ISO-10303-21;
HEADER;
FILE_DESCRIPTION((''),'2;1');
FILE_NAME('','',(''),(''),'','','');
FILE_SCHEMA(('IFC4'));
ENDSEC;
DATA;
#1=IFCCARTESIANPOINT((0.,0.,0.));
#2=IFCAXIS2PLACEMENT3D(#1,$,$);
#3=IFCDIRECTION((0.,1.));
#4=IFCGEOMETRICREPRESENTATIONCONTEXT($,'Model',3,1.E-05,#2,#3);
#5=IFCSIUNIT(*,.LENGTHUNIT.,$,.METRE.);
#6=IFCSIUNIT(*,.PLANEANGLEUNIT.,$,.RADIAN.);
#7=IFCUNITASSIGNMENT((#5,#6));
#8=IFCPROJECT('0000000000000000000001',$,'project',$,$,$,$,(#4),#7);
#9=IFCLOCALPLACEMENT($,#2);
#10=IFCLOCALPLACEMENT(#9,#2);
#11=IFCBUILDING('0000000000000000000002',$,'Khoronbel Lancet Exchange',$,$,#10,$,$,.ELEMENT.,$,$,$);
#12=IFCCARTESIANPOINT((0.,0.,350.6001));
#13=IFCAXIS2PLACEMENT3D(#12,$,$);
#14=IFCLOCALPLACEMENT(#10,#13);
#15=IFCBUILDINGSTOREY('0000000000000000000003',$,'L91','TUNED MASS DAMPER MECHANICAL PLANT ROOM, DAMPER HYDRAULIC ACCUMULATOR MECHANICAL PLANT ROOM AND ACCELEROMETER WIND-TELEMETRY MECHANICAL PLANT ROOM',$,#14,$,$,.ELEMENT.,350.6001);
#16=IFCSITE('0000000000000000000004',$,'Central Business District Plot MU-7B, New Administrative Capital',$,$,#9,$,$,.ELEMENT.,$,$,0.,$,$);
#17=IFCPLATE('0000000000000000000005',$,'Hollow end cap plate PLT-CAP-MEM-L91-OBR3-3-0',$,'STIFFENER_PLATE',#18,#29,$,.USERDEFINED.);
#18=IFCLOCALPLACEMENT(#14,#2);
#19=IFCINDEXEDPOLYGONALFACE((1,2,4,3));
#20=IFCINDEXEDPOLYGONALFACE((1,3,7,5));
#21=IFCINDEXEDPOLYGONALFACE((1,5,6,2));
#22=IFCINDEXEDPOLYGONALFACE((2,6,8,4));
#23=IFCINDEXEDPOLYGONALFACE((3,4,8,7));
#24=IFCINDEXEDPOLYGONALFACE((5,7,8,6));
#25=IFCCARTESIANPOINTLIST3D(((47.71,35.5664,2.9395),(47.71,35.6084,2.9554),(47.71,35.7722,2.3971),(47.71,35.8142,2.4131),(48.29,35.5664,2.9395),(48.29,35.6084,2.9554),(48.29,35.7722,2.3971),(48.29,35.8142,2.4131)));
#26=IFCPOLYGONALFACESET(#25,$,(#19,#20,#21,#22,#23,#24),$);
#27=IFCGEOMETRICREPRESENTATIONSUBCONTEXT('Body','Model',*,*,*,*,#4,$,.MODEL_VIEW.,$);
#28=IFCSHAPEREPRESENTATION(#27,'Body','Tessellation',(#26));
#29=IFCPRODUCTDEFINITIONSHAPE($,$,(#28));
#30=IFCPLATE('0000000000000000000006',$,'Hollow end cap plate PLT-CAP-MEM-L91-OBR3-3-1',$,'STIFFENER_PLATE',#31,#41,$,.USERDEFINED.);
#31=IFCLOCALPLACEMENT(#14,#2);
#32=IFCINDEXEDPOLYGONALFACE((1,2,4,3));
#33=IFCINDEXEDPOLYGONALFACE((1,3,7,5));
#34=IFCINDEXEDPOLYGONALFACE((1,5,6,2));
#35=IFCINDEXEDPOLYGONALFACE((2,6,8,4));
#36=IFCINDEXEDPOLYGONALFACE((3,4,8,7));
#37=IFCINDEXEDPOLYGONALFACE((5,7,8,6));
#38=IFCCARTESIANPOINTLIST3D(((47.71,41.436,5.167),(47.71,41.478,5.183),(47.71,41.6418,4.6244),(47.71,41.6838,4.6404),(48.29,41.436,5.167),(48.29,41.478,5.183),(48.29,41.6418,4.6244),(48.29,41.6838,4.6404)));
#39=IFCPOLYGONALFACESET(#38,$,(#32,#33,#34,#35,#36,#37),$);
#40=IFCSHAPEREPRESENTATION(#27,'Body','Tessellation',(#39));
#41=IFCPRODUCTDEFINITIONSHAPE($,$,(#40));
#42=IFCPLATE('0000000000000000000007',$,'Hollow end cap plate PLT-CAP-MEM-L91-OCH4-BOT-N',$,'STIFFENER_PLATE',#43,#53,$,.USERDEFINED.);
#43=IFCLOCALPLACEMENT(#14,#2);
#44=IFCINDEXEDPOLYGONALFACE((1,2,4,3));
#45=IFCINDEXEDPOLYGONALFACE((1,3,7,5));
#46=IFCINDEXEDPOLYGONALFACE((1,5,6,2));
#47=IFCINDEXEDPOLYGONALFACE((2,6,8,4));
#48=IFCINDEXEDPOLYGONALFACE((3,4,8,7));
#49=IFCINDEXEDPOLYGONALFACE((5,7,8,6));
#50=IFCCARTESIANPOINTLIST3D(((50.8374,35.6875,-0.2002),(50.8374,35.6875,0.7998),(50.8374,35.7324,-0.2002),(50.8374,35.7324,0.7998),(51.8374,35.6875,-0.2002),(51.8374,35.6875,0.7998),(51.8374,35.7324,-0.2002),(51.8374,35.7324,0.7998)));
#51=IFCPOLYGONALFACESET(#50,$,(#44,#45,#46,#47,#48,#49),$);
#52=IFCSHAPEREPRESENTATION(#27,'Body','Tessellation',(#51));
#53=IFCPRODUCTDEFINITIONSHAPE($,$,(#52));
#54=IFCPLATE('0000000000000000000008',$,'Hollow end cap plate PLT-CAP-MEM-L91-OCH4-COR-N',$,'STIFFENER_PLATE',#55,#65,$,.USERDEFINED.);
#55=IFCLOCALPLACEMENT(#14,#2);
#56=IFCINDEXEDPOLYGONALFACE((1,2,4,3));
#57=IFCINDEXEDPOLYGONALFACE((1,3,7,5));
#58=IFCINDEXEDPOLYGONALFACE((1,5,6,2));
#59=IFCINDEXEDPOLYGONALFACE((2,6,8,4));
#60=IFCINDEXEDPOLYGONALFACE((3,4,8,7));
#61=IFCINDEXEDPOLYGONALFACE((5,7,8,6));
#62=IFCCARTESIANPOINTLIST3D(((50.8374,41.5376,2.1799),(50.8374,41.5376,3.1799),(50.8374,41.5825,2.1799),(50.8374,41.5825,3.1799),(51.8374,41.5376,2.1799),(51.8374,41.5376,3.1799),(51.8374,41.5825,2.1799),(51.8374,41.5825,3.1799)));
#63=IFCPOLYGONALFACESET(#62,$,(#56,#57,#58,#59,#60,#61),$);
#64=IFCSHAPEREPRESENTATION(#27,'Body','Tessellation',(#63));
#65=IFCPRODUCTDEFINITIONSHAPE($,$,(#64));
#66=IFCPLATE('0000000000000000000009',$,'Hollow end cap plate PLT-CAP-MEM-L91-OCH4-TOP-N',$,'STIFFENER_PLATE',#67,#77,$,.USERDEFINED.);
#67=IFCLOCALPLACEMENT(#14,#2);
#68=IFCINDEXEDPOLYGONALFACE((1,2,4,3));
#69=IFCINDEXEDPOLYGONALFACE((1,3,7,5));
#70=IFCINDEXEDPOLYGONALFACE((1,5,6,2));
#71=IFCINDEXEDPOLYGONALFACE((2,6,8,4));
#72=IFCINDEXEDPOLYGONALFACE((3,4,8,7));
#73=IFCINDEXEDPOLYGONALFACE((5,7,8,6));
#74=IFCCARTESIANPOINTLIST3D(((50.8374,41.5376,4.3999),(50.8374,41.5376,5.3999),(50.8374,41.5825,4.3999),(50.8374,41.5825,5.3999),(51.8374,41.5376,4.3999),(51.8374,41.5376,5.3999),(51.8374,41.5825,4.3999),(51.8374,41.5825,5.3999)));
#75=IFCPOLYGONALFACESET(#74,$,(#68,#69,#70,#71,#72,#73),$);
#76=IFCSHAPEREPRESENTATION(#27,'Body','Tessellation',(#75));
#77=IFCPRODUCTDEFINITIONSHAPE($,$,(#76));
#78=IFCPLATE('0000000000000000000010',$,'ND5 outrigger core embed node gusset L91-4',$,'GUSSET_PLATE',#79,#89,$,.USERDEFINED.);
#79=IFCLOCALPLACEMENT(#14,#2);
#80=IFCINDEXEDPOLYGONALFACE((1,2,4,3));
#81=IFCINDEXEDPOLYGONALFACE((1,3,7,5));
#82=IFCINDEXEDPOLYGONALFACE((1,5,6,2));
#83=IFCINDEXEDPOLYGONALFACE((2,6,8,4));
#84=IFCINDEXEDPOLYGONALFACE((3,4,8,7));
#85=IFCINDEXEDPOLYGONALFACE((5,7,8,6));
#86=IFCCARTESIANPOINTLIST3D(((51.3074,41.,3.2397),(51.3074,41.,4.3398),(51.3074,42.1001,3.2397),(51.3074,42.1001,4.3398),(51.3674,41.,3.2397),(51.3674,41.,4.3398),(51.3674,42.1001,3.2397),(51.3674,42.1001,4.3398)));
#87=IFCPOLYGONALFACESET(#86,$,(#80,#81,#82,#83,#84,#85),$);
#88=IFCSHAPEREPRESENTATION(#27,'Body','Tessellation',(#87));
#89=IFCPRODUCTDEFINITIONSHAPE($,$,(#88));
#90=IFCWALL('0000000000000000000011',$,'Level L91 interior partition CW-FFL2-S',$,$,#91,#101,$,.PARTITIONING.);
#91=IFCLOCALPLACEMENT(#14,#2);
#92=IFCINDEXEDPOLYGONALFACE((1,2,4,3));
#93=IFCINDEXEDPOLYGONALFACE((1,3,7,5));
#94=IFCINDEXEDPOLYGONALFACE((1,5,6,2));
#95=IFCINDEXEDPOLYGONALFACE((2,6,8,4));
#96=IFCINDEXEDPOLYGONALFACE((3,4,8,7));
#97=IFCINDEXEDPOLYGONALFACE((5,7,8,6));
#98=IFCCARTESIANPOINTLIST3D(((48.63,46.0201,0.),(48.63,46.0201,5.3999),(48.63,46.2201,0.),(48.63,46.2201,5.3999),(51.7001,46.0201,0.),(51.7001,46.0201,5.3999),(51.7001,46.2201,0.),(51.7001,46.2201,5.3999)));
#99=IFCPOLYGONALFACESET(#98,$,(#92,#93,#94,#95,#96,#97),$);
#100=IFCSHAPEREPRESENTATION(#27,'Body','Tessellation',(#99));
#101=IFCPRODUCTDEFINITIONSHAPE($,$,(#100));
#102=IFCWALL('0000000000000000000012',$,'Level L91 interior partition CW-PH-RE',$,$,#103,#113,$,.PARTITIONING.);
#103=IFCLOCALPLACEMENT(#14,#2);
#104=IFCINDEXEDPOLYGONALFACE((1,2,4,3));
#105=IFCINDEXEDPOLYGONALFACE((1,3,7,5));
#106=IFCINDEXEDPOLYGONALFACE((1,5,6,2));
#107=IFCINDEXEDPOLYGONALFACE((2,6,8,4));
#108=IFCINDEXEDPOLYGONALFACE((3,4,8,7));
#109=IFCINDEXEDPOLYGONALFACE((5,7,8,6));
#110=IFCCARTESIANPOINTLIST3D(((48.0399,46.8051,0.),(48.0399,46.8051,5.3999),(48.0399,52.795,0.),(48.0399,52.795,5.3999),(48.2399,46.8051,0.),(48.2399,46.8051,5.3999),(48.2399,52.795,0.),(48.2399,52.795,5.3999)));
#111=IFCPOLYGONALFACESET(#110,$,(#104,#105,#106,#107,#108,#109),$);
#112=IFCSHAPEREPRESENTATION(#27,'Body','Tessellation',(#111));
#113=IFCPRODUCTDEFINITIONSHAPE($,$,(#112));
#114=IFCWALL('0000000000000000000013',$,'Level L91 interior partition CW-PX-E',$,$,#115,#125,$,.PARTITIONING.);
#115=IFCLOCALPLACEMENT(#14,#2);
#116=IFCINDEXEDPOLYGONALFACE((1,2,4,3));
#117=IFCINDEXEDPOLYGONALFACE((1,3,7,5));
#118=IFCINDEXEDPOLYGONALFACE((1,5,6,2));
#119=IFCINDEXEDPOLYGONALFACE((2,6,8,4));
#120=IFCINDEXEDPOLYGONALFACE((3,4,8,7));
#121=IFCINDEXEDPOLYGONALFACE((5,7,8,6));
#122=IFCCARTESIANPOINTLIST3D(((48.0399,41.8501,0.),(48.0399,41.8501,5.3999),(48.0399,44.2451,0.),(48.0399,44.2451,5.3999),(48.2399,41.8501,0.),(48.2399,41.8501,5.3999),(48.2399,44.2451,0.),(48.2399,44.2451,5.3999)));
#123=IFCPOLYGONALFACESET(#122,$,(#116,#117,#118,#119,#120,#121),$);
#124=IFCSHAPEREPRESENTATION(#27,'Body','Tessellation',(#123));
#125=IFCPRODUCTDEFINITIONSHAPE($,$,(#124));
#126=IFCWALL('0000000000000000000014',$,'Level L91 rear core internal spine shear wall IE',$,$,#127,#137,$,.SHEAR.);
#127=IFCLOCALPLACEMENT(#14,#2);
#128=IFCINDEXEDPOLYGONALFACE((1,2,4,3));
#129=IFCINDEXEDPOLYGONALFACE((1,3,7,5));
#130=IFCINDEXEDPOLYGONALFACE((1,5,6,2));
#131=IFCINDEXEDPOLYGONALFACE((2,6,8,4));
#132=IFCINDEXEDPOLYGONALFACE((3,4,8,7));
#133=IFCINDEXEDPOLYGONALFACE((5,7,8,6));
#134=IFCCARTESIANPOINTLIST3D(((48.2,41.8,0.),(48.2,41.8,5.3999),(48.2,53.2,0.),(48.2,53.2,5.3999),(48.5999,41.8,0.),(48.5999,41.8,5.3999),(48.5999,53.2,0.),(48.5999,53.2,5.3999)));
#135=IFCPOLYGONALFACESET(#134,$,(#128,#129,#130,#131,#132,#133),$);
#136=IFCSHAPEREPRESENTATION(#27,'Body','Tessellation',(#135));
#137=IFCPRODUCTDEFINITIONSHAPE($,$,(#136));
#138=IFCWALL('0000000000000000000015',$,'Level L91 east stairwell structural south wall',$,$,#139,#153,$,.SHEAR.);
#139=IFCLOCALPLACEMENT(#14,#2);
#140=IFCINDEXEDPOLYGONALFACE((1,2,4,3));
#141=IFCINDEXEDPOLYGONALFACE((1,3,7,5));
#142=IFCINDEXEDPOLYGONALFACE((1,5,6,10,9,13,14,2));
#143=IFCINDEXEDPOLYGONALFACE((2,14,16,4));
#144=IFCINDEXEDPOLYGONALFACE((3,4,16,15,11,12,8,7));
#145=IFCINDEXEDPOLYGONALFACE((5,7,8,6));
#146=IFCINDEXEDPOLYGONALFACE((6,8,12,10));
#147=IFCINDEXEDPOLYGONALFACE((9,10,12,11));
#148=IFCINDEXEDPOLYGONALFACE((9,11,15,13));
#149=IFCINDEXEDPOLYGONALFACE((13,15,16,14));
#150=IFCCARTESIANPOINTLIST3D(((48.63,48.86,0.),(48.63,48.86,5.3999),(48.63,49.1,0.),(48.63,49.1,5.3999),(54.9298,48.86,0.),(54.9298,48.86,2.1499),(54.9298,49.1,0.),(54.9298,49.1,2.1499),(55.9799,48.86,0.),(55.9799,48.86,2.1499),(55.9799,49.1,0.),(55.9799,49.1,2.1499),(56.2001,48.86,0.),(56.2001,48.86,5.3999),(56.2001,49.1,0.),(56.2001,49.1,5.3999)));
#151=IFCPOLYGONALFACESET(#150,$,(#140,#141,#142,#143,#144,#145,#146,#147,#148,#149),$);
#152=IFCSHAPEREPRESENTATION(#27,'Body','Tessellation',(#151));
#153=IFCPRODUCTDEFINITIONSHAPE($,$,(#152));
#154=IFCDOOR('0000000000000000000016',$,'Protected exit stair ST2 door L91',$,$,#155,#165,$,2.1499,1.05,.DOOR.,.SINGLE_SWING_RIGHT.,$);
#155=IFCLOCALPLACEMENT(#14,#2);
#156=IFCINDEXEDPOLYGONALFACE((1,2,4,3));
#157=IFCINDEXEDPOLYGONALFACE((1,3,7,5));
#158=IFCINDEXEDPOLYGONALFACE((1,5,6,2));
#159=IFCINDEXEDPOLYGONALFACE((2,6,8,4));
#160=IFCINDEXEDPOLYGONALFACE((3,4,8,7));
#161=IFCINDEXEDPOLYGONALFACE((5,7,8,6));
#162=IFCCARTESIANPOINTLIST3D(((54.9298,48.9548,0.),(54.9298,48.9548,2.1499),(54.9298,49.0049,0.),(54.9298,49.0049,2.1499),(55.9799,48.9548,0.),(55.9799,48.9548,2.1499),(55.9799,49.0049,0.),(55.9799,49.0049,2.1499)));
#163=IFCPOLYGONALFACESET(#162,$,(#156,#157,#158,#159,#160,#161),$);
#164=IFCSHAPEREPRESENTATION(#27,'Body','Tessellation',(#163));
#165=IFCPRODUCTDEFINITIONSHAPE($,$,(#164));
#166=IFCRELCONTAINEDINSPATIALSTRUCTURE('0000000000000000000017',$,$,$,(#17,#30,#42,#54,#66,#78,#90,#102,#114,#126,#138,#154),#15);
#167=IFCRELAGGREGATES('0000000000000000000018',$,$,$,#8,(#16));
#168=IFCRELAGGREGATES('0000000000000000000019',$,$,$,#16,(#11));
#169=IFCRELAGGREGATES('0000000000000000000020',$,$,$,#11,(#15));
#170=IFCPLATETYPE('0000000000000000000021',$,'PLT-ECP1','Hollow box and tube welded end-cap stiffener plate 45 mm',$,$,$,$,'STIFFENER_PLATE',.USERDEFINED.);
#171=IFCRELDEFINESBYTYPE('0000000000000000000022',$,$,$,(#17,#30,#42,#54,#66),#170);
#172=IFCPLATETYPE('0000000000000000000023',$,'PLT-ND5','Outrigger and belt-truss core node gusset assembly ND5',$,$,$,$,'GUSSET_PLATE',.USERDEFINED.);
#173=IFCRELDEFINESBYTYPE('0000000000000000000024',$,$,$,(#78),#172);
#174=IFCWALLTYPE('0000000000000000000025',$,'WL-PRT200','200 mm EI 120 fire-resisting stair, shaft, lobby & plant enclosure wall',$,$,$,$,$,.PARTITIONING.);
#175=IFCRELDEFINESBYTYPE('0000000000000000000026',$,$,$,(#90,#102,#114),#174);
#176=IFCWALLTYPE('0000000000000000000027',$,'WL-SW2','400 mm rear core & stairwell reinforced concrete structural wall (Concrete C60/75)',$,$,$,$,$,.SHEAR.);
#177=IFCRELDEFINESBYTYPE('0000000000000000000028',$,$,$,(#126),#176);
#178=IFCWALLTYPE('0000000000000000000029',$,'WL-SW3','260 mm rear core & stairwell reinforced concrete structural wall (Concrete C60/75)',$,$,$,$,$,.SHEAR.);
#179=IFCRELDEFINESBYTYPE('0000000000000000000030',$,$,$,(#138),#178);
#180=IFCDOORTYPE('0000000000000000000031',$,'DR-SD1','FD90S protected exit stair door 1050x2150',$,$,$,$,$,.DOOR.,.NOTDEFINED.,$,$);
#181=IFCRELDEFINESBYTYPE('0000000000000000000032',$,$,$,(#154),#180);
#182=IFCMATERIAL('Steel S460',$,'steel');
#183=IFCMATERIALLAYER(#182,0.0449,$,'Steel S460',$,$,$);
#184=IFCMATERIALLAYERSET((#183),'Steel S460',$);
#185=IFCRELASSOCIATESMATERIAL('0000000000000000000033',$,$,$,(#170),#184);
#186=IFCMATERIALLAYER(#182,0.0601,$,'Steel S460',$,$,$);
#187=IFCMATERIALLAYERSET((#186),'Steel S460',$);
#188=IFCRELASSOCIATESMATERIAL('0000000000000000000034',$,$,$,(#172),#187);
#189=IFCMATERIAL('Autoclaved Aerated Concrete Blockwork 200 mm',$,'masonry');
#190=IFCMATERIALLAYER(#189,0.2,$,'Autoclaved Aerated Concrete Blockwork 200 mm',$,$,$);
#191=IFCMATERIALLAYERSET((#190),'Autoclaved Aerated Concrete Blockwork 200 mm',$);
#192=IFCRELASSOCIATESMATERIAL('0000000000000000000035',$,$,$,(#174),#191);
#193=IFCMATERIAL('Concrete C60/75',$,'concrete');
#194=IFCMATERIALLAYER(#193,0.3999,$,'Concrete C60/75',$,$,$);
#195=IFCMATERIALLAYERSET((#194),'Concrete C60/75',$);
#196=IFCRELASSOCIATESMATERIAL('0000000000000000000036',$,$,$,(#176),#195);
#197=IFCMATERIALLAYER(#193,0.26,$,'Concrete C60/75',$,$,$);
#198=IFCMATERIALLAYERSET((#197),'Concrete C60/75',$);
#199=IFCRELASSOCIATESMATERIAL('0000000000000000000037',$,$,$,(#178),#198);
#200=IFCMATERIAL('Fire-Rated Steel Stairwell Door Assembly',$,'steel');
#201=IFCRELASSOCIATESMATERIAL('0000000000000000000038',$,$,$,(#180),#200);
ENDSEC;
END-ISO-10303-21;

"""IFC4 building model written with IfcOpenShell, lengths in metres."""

from ifc_helpers import new_model, si_unit, direction, frame, frame_2d, origin, origin_2d, place, context, subcontext, project, spatial, polyline, rectangle, outline, extrude, material, layer, layer_set, type_object, element, fill, save


model = new_model("IFC4")

# Units and contexts
model_context = context("Model", 3, precision=1e-05, world=origin(), true_north=direction((0.0, 1.0)))
body_context = subcontext(model_context, "Body", "Model", "MODEL_VIEW")
ifc_project = project(units=[si_unit("LENGTHUNIT", "METRE"), si_unit("PLANEANGLEUNIT", "RADIAN")], contexts=[model_context])

# Site, building, storey
site_placement = place(None, origin())
site = spatial("IfcSite", under=ifc_project, at=site_placement, Name="Central Business District Plot MU-7B, New Administrative Capital", CompositionType="ELEMENT", RefElevation=0.0)
building_placement = place(site_placement, origin())
building = spatial("IfcBuilding", under=site, at=building_placement, Name="Khoronbel Lancet Exchange", CompositionType="ELEMENT")
storey_placement = place(building_placement, frame((0.0, 0.0, 350.6001)))
storey = spatial("IfcBuildingStorey", under=building, at=storey_placement, Name="L91", Description="TUNED MASS DAMPER MECHANICAL PLANT ROOM, DAMPER HYDRAULIC ACCUMULATOR MECHANICAL PLANT ROOM AND ACCELEROMETER WIND-TELEMETRY MECHANICAL PLANT ROOM", CompositionType="ELEMENT", Elevation=350.6001)

# Shared definitions
ifc_material_1 = material(Name="Steel S460", Category="steel")

# Plates
ifc_layer_1 = layer(ifc_material_1, 0.0449, Name="Steel S460")
ifc_layer_set_1 = layer_set([ifc_layer_1], Name="Steel S460")
plate_type_1 = type_object("IfcPlateType", Name="PLT-ECP1", Description="Hollow box and tube welded end-cap stiffener plate 45 mm", ElementType="STIFFENER_PLATE", PredefinedType="USERDEFINED", material=ifc_layer_set_1)
plate_1_placement = place(storey_placement, frame((48.29, 35.8142, 2.4131), z_axis=(0.0, 0.93492, 0.354857), x_axis=(-1.0, 0.0, 0.0)))
element("IfcPlate", 1, at=plate_1_placement, inside=storey, type_object=plate_type_1, Name="Hollow end cap plate PLT-CAP-MEM-L91-OBR3-3-0", ObjectType="STIFFENER_PLATE", PredefinedType="USERDEFINED", context=body_context, shape_type="SweptSolid", body=[
    extrude(outline(polyline([(0.0, 0.0), (0.5801, 0.0), (0.5801, 0.5801), (0.0, 0.5801), (0.0, 0.0)])), origin(), (0.0, 0.0, -1.0), 0.0449),
])
plate_2_placement = place(storey_placement, frame((48.29, 41.6838, 4.6404), z_axis=(0.0, 0.934973, 0.354718), x_axis=(-1.0, 0.0, 0.0)))
element("IfcPlate", 2, at=plate_2_placement, inside=storey, type_object=plate_type_1, Name="Hollow end cap plate PLT-CAP-MEM-L91-OBR3-3-1", ObjectType="STIFFENER_PLATE", PredefinedType="USERDEFINED", context=body_context, shape_type="SweptSolid", body=[
    extrude(outline(polyline([(0.0, 0.0), (0.5801, 0.0), (0.5801, 0.5803), (0.0, 0.5803), (0.0, 0.0)])), origin(), (0.0, 0.0, -1.0), 0.0449),
])
for number, where, z_axis, x_axis, name in (
    (3, (51.3374, 35.71, -0.2002), (0.0, 0.0, 1.0), (0.0, 1.0, 0.0), "Hollow end cap plate PLT-CAP-MEM-L91-OCH4-BOT-N"),
    (4, (51.3374, 41.5601, 2.1799), (0.0, 0.0, 1.0), (0.0, 1.0, 0.0), "Hollow end cap plate PLT-CAP-MEM-L91-OCH4-COR-N"),
    (5, (51.3374, 41.5601, 4.3999), (0.0, 0.0, 1.0), (0.0, 1.0, 0.0), "Hollow end cap plate PLT-CAP-MEM-L91-OCH4-TOP-N"),
):
    element("IfcPlate", number, at=place(storey_placement, frame(where, z_axis=z_axis, x_axis=x_axis)), inside=storey, type_object=plate_type_1, Name=name, ObjectType="STIFFENER_PLATE", PredefinedType="USERDEFINED", context=body_context, shape_type="SweptSolid", body=[
        extrude(rectangle(XDim=0.0449, YDim=1.0, at=origin_2d()), origin(), (0.0, 0.0, 1.0), 1.0),
    ])
ifc_layer_2 = layer(ifc_material_1, 0.0601, Name="Steel S460")
ifc_layer_set_2 = layer_set([ifc_layer_2], Name="Steel S460")
plate_type_2 = type_object("IfcPlateType", Name="PLT-ND5", Description="Outrigger and belt-truss core node gusset assembly ND5", ElementType="GUSSET_PLATE", PredefinedType="USERDEFINED", material=ifc_layer_set_2)
plate_3_placement = place(storey_placement, frame((51.3374, 41.55, 3.2397), z_axis=(0.0, 0.0, 1.0), x_axis=(1.0, 0.0, 0.0)))
element("IfcPlate", 6, at=plate_3_placement, inside=storey, type_object=plate_type_2, Name="ND5 outrigger core embed node gusset L91-4", ObjectType="GUSSET_PLATE", PredefinedType="USERDEFINED", context=body_context, shape_type="SweptSolid", body=[
    extrude(rectangle(XDim=0.0601, YDim=1.1001, at=origin_2d()), origin(), (0.0, 0.0, 1.0), 1.1001),
])

# Walls
ifc_material_2 = material(Name="Autoclaved Aerated Concrete Blockwork 200 mm", Category="masonry")
ifc_layer_3 = layer(ifc_material_2, 0.2, Name="Autoclaved Aerated Concrete Blockwork 200 mm")
ifc_layer_set_3 = layer_set([ifc_layer_3], Name="Autoclaved Aerated Concrete Blockwork 200 mm")
wall_type_1 = type_object("IfcWallType", Name="WL-PRT200", Description="200 mm EI 120 fire-resisting stair, shaft, lobby & plant enclosure wall", PredefinedType="PARTITIONING", material=ifc_layer_set_3)
wall_1_placement = place(storey_placement, frame((48.6299, 46.1201, 0.0), z_axis=(0.0, 0.0, 1.0), x_axis=(1.0, 0.0, 0.0)))
element("IfcWall", 7, at=wall_1_placement, inside=storey, type_object=wall_type_1, Name="Level L91 interior partition CW-FFL2-S", PredefinedType="PARTITIONING", context=body_context, shape_type="SweptSolid", body=[
    extrude(rectangle(XDim=3.0701, YDim=0.2, at=frame_2d((1.5352, 0.0))), origin(), (0.0, 0.0, 1.0), 5.3999),
])
wall_2_placement = place(storey_placement, frame((48.1399, 46.8049, 0.0), z_axis=(0.0, 0.0, 1.0), x_axis=(0.0, 1.0, 0.0)))
element("IfcWall", 8, at=wall_2_placement, inside=storey, type_object=wall_type_1, Name="Level L91 interior partition CW-PH-RE", PredefinedType="PARTITIONING", context=body_context, shape_type="SweptSolid", body=[
    extrude(rectangle(XDim=5.99, YDim=0.2, at=frame_2d((2.9951, 0.0))), origin(), (0.0, 0.0, 1.0), 5.3999),
])
wall_3_placement = place(storey_placement, frame((48.1399, 41.8501, 0.0), z_axis=(0.0, 0.0, 1.0), x_axis=(0.0, 1.0, 0.0)))
element("IfcWall", 9, at=wall_3_placement, inside=storey, type_object=wall_type_1, Name="Level L91 interior partition CW-PX-E", PredefinedType="PARTITIONING", context=body_context, shape_type="SweptSolid", body=[
    extrude(rectangle(XDim=2.395, YDim=0.2, at=frame_2d((1.1975, 0.0))), origin(), (0.0, 0.0, 1.0), 5.3999),
])
ifc_material_3 = material(Name="Concrete C60/75", Category="concrete")
ifc_layer_4 = layer(ifc_material_3, 0.3999, Name="Concrete C60/75")
ifc_layer_set_4 = layer_set([ifc_layer_4], Name="Concrete C60/75")
wall_type_2 = type_object("IfcWallType", Name="WL-SW2", Description="400 mm rear core & stairwell reinforced concrete structural wall (Concrete C60/75)", PredefinedType="SHEAR", material=ifc_layer_set_4)
wall_4_placement = place(storey_placement, frame((48.3999, 41.8, 0.0), z_axis=(0.0, 0.0, 1.0), x_axis=(0.0, 1.0, 0.0)))
element("IfcWall", 10, at=wall_4_placement, inside=storey, type_object=wall_type_2, Name="Level L91 rear core internal spine shear wall IE", PredefinedType="SHEAR", context=body_context, shape_type="SweptSolid", body=[
    extrude(rectangle(XDim=11.3999, YDim=0.3999, at=frame_2d((5.7, 0.0))), origin(), (0.0, 0.0, 1.0), 5.3999),
])

# Wall, opening, door
ifc_layer_5 = layer(ifc_material_3, 0.26, Name="Concrete C60/75")
ifc_layer_set_5 = layer_set([ifc_layer_5], Name="Concrete C60/75")
wall_type_3 = type_object("IfcWallType", Name="WL-SW3", Description="260 mm rear core & stairwell reinforced concrete structural wall (Concrete C60/75)", PredefinedType="SHEAR", material=ifc_layer_set_5)
wall_5_placement = place(storey_placement, frame((48.6299, 48.98, 0.0), z_axis=(0.0, 0.0, 1.0), x_axis=(1.0, 0.0, 0.0)))
wall_5 = element("IfcWall", 11, at=wall_5_placement, inside=storey, type_object=wall_type_3, Name="Level L91 east stairwell structural south wall", PredefinedType="SHEAR", context=body_context, shape_type="SweptSolid", body=[
    extrude(rectangle(XDim=7.5701, YDim=0.24, at=frame_2d((3.7852, 0.0))), origin(), (0.0, 0.0, 1.0), 5.3999),
])
opening_placement = place(wall_5_placement, frame((6.3, 0.0, 0.0)))
opening = element("IfcOpeningElement", 12, at=opening_placement, cuts=wall_5, PredefinedType="OPENING", context=body_context, shape_type="SweptSolid", body=[
    extrude(rectangle(XDim=1.05, YDim=2.1499, at=frame_2d((0.5249, 1.075))), frame((0.0, 0.1299, 0.0), z_axis=(0.0, -1.0, 0.0), x_axis=(1.0, 0.0, 0.0)), (0.0, 0.0, 1.0), 0.26),
])
ifc_material_4 = material(Name="Fire-Rated Steel Stairwell Door Assembly", Category="steel")
door_type = type_object("IfcDoorType", Name="DR-SD1", Description="FD90S protected exit stair door 1050x2150", OperationType="NOTDEFINED", PredefinedType="DOOR", material=ifc_material_4)
door_placement = place(opening_placement, origin())
door = element("IfcDoor", 13, at=door_placement, inside=storey, type_object=door_type, Name="Protected exit stair ST2 door L91", OperationType="SINGLE_SWING_RIGHT", OverallHeight=2.1499, OverallWidth=1.05, PredefinedType="DOOR", context=body_context, shape_type="SweptSolid", body=[
    extrude(rectangle(XDim=1.05, YDim=2.1499, at=frame_2d((0.5249, 1.075))), frame((0.0, 0.0249, 0.0), z_axis=(0.0, -1.0, 0.0), x_axis=(1.0, 0.0, 0.0)), (0.0, 0.0, 1.0), 0.05),
])
fill(opening, door)

save(model, "model.ifc")
